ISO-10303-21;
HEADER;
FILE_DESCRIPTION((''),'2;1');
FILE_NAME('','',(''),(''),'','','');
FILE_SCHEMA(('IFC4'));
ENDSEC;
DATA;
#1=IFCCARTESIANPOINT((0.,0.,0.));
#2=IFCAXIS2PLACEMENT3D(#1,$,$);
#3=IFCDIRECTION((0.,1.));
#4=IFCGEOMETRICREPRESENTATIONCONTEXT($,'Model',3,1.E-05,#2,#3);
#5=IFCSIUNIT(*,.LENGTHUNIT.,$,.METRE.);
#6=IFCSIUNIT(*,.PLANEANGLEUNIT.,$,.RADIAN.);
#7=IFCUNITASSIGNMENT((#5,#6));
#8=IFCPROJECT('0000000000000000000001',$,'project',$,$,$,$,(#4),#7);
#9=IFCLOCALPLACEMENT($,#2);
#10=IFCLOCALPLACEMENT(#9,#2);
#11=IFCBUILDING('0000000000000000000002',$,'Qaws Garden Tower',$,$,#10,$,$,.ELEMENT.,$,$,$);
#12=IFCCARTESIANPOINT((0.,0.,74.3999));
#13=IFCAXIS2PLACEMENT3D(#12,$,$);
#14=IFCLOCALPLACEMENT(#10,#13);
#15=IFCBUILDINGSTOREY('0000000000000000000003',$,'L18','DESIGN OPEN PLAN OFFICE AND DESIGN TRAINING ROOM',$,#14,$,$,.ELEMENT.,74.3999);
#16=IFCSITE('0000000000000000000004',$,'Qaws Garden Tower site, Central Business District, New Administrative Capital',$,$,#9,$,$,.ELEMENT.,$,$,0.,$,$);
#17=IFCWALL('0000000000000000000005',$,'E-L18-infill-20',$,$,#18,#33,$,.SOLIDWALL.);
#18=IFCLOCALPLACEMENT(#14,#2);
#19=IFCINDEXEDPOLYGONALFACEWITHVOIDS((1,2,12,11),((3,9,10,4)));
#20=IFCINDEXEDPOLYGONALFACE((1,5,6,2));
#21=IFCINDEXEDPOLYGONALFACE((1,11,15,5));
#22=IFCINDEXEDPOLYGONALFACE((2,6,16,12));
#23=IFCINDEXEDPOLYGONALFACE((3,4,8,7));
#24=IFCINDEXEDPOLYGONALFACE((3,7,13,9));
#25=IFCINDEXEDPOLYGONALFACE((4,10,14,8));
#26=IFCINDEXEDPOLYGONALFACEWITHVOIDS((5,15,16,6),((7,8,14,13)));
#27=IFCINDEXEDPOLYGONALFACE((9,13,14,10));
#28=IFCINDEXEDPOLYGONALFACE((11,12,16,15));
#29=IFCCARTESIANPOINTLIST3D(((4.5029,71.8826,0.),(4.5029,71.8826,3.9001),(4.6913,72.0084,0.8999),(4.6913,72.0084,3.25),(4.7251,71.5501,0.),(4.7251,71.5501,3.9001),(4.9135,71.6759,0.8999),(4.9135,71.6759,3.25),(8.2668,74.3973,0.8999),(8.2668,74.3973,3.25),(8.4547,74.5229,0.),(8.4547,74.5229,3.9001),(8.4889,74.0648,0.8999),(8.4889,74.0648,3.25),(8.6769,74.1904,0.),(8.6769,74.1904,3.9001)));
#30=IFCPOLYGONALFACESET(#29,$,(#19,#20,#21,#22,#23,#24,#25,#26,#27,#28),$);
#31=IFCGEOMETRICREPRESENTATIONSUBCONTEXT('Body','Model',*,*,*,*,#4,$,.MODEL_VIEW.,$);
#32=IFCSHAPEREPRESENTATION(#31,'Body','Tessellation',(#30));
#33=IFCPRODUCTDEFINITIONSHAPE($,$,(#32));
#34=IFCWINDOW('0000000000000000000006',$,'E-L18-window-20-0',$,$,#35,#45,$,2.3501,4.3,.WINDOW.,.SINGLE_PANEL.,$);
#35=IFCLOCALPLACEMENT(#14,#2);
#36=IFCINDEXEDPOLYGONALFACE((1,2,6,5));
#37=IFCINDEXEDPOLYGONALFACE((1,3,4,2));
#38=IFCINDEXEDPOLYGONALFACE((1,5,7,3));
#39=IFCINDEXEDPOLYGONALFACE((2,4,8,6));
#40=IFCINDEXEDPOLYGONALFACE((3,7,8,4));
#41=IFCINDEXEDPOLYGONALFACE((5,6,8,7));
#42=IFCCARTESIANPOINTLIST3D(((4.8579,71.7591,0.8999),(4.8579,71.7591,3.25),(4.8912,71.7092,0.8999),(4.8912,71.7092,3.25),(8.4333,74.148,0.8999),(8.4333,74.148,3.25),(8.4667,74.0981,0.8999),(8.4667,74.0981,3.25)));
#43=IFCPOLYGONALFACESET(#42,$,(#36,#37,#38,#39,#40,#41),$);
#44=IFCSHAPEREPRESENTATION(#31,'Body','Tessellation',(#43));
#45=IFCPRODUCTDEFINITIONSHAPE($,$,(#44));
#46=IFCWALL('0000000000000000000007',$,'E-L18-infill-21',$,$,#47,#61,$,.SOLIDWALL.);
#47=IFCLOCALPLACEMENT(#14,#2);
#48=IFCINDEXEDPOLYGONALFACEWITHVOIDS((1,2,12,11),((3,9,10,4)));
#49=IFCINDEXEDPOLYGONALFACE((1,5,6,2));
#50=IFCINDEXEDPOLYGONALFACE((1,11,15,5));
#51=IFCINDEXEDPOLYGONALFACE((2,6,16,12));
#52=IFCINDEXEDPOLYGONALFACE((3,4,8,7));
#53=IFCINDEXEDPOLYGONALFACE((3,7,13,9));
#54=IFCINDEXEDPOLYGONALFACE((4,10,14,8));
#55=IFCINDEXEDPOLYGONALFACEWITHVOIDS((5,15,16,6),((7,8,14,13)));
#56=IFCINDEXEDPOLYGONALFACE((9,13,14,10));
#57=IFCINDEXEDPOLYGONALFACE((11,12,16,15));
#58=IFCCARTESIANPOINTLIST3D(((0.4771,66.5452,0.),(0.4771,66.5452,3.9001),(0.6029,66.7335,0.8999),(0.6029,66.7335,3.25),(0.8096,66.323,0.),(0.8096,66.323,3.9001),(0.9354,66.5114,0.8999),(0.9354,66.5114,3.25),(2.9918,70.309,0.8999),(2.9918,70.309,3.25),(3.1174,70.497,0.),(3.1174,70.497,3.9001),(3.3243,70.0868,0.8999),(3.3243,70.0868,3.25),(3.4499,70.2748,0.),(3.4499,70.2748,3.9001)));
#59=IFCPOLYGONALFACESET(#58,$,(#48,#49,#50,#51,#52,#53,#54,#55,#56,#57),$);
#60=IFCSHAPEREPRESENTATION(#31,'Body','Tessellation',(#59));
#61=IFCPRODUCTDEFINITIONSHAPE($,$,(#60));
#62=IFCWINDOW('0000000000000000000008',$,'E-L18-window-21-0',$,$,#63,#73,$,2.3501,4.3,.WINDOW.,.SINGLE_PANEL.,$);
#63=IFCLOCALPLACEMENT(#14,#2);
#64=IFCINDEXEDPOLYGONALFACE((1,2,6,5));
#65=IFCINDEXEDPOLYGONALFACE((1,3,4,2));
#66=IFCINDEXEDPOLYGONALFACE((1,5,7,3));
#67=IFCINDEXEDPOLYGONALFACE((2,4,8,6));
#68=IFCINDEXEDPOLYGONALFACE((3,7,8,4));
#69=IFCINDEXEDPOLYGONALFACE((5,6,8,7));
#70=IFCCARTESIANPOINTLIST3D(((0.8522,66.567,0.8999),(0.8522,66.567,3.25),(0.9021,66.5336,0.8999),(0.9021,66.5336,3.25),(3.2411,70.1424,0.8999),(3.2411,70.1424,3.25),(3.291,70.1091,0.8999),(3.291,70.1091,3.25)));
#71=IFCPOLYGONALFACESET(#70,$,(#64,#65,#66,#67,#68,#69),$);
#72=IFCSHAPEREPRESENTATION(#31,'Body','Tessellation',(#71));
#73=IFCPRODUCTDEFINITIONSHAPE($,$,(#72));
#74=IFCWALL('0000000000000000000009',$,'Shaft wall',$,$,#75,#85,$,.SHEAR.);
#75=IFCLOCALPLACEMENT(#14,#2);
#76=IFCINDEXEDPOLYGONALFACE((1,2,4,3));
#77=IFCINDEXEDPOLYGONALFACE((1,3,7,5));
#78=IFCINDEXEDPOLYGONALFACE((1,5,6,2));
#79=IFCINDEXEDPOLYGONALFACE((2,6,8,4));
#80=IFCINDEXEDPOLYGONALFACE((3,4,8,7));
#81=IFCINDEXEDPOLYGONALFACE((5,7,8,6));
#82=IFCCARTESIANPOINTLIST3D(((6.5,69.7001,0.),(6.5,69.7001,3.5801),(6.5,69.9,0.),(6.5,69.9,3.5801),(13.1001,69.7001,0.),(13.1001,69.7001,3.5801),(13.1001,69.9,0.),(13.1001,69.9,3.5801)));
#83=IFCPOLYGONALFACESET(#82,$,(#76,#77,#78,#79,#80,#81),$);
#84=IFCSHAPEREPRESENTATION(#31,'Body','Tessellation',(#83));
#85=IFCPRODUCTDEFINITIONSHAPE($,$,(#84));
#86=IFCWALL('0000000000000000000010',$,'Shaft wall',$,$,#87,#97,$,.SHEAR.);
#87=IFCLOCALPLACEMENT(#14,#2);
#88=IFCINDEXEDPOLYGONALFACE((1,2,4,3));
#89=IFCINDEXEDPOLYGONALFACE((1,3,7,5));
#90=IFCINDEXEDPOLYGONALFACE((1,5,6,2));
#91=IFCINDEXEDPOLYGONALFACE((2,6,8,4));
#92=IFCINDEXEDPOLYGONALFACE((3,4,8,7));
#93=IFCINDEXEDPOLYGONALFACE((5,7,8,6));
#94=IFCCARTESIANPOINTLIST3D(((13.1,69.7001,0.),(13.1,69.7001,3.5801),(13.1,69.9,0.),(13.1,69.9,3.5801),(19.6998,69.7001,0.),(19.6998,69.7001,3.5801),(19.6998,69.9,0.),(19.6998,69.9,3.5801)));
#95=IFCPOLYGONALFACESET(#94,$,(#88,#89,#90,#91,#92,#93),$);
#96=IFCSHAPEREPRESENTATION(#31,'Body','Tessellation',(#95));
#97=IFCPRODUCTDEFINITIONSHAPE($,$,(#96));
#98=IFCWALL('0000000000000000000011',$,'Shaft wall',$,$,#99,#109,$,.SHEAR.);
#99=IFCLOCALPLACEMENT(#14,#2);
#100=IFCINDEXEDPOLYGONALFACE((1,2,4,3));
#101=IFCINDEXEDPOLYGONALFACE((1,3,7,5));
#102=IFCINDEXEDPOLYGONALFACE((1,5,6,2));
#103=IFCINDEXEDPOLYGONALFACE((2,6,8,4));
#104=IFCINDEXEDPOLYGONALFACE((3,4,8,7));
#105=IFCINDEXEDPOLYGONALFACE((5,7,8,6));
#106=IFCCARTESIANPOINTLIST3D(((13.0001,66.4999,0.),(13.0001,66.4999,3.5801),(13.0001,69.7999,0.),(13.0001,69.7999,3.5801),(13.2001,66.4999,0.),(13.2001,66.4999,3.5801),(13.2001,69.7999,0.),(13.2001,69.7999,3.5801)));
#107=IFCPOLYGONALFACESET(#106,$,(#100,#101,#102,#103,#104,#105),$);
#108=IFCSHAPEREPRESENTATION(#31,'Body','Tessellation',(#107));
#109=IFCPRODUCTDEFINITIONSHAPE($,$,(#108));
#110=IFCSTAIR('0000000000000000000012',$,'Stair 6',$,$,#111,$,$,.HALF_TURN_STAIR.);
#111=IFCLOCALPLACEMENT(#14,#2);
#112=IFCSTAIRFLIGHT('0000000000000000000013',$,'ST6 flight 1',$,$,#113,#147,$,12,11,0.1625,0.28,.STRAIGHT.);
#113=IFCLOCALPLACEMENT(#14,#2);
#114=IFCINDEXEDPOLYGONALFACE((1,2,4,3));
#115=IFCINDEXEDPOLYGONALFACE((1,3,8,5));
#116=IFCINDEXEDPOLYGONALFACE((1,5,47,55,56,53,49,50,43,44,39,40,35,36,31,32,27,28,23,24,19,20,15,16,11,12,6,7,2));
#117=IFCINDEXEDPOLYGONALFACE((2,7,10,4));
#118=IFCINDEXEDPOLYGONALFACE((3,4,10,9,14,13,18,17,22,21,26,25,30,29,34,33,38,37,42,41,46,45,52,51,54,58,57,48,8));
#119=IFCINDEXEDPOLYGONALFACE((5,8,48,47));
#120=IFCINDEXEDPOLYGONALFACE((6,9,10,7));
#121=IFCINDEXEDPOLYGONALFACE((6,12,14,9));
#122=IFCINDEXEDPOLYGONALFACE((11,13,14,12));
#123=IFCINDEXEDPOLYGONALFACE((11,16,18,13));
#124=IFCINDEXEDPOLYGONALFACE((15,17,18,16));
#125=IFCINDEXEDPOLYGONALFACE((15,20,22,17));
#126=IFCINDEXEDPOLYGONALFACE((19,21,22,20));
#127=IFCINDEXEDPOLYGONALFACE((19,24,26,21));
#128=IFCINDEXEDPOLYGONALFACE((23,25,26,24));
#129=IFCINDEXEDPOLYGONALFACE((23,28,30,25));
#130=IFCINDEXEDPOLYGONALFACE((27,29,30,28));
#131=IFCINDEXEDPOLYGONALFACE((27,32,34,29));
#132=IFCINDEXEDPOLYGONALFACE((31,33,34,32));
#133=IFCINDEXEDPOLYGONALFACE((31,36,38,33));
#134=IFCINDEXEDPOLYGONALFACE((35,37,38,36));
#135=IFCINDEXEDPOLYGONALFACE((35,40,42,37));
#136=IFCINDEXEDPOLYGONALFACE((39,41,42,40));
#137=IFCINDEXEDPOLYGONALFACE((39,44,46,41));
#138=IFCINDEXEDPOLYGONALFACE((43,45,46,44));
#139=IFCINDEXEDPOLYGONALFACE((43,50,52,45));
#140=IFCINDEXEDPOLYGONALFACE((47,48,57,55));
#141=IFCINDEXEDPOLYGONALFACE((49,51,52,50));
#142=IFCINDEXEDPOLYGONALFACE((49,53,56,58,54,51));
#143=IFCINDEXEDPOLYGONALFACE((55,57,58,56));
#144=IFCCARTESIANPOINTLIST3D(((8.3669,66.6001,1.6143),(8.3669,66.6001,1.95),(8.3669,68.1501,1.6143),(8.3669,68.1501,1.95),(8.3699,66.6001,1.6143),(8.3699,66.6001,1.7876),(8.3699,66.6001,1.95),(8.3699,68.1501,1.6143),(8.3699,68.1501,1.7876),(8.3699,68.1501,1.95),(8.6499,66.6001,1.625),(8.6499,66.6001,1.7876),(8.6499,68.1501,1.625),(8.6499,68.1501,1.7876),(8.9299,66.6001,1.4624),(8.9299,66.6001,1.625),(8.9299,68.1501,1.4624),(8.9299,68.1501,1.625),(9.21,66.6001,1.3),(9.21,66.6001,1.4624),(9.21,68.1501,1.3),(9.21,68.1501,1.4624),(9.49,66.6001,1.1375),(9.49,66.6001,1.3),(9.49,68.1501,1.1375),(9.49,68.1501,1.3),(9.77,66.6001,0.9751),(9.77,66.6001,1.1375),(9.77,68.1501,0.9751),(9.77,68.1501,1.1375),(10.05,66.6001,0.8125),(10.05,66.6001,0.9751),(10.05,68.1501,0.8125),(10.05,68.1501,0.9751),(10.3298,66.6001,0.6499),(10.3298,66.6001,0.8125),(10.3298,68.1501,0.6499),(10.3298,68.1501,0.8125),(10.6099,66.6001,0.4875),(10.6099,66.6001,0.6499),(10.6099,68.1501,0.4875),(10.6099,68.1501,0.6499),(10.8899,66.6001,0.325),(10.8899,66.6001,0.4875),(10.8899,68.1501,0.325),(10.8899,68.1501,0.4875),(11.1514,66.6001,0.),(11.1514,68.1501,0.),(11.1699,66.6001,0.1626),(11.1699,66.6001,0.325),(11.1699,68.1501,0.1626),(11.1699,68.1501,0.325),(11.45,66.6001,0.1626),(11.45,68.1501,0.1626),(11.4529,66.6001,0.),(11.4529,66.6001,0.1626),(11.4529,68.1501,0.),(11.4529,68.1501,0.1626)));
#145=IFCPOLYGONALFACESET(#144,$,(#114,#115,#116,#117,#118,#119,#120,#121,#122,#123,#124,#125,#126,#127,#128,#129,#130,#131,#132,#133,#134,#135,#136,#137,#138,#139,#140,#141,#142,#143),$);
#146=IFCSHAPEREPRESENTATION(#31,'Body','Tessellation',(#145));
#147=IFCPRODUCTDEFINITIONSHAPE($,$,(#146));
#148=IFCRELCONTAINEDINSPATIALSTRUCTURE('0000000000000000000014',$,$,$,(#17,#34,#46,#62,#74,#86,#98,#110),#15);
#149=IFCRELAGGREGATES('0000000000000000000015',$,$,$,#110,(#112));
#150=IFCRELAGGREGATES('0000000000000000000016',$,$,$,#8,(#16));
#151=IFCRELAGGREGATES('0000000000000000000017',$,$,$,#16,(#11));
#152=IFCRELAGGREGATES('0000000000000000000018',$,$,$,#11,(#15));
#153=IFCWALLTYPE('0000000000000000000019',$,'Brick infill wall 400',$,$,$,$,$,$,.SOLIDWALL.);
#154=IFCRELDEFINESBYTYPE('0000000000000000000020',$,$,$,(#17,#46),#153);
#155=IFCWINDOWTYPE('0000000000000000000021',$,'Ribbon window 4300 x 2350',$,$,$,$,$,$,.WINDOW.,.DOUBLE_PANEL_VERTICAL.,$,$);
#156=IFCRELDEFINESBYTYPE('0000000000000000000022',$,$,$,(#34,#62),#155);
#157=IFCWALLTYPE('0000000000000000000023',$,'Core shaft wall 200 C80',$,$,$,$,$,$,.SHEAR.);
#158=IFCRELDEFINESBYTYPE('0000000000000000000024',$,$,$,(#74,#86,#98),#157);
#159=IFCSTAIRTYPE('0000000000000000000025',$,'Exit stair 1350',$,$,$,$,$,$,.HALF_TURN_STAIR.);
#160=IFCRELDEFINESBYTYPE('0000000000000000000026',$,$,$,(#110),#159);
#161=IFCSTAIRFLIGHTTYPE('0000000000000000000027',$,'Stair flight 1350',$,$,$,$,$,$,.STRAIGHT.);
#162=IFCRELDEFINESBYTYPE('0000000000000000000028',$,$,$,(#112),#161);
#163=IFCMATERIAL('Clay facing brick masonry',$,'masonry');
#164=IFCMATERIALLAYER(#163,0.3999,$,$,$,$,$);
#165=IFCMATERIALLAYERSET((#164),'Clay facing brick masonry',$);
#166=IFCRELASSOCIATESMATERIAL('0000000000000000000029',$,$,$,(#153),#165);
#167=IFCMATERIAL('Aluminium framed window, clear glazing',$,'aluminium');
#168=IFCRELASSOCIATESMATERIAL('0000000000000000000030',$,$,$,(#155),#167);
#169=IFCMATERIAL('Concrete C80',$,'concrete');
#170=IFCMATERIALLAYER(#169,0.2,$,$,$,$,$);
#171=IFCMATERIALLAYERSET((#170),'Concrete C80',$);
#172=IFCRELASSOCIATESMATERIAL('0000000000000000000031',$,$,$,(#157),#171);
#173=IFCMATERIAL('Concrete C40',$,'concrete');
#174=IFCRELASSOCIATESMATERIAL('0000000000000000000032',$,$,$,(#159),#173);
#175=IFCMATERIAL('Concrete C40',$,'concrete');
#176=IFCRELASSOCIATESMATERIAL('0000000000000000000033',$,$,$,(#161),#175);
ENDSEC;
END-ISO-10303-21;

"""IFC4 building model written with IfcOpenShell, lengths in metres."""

from ifc_helpers import new_model, si_unit, direction, frame, frame_2d, origin, place, context, subcontext, project, spatial, polyline, rectangle, outline, extrude, material, layer, layer_set, type_object, element, fill, aggregate, save


model = new_model("IFC4")

# Units and contexts
model_context = context("Model", 3, precision=1e-05, world=origin(), true_north=direction((0.0, 1.0)))
body_context = subcontext(model_context, "Body", "Model", "MODEL_VIEW")
ifc_project = project(units=[si_unit("LENGTHUNIT", "METRE"), si_unit("PLANEANGLEUNIT", "RADIAN")], contexts=[model_context])

# Site, building, storey
site_placement = place(None, origin())
site = spatial("IfcSite", under=ifc_project, at=site_placement, Name="Qaws Garden Tower site, Central Business District, New Administrative Capital", CompositionType="ELEMENT", RefElevation=0.0)
building_placement = place(site_placement, origin())
building = spatial("IfcBuilding", under=site, at=building_placement, Name="Qaws Garden Tower", CompositionType="ELEMENT")
storey_placement = place(building_placement, frame((0.0, 0.0, 74.3999)))
storey = spatial("IfcBuildingStorey", under=building, at=storey_placement, Name="L18", Description="DESIGN OPEN PLAN OFFICE AND DESIGN TRAINING ROOM", CompositionType="ELEMENT", Elevation=74.3999)

# Walls, openings, windows
ifc_material_1 = material(Name="Clay facing brick masonry", Category="masonry")
ifc_layer_1 = layer(ifc_material_1, 0.3999)
ifc_layer_set_1 = layer_set([ifc_layer_1], Name="Clay facing brick masonry")
wall_type_1 = type_object("IfcWallType", Name="Brick infill wall 400", PredefinedType="SOLIDWALL", material=ifc_layer_set_1)
ifc_material_2 = material(Name="Aluminium framed window, clear glazing", Category="aluminium")
window_type = type_object("IfcWindowType", Name="Ribbon window 4300 x 2350", PartitioningType="DOUBLE_PANEL_VERTICAL", PredefinedType="WINDOW", material=ifc_material_2)
wall_1_placement = place(storey_placement, frame((8.5659, 74.3567, 0.0), z_axis=(0.0, 0.0, 1.0), x_axis=(-0.831489, -0.555542, 0.0)))
wall_1 = element("IfcWall", 1, at=wall_1_placement, inside=storey, type_object=wall_type_1, Name="E-L18-infill-20", PredefinedType="SOLIDWALL", context=body_context, shape_type="SweptSolid", body=[
    extrude(rectangle(XDim=4.7527, YDim=0.3999, at=frame_2d((2.3765, 0.0))), origin(), (0.0, 0.0, 1.0), 3.9001),
])
opening_1_placement = place(wall_1_placement, frame((0.2263, 0.0, 0.8999)))
opening_1 = element("IfcOpeningElement", 2, at=opening_1_placement, cuts=wall_1, PredefinedType="OPENING", context=body_context, shape_type="SweptSolid", body=[
    extrude(rectangle(XDim=4.3, YDim=2.3501, at=frame_2d((2.1499, 1.175))), frame((0.0, 0.21, 0.0), z_axis=(0.0, -1.0, 0.0), x_axis=(1.0, 0.0, 0.0)), (0.0, 0.0, 1.0), 0.4199),
])
window_1_placement = place(opening_1_placement, origin())
window_1 = element("IfcWindow", 3, at=window_1_placement, inside=storey, type_object=window_type, Name="E-L18-window-20-0", OverallHeight=2.3501, OverallWidth=4.3, PartitioningType="SINGLE_PANEL", PredefinedType="WINDOW", context=body_context, shape_type="SweptSolid", body=[
    extrude(rectangle(XDim=4.3, YDim=2.3501, at=frame_2d((2.1499, 1.175))), frame((0.0, 0.1599, 0.0), z_axis=(0.0, -1.0, 0.0), x_axis=(1.0, 0.0, 0.0)), (0.0, 0.0, 1.0), 0.0601),
])
fill(opening_1, window_1)
wall_2_placement = place(storey_placement, frame((3.2837, 70.386, 0.0), z_axis=(0.0, 0.0, 1.0), x_axis=(-0.555542, -0.831489, 0.0)))
wall_2 = element("IfcWall", 4, at=wall_2_placement, inside=storey, type_object=wall_type_1, Name="E-L18-infill-21", PredefinedType="SOLIDWALL", context=body_context, shape_type="SweptSolid", body=[
    extrude(rectangle(XDim=4.7527, YDim=0.3999, at=frame_2d((2.3765, 0.0))), origin(), (0.0, 0.0, 1.0), 3.9001),
])
opening_2_placement = place(wall_2_placement, frame((0.2263, 0.0, 0.8999)))
opening_2 = element("IfcOpeningElement", 5, at=opening_2_placement, cuts=wall_2, PredefinedType="OPENING", context=body_context, shape_type="SweptSolid", body=[
    extrude(rectangle(XDim=4.3, YDim=2.3501, at=frame_2d((2.1499, 1.175))), frame((0.0, 0.21, 0.0), z_axis=(0.0, -1.0, 0.0), x_axis=(1.0, 0.0, 0.0)), (0.0, 0.0, 1.0), 0.4199),
])
window_2_placement = place(opening_2_placement, origin())
window_2 = element("IfcWindow", 6, at=window_2_placement, inside=storey, type_object=window_type, Name="E-L18-window-21-0", OverallHeight=2.3501, OverallWidth=4.3, PartitioningType="SINGLE_PANEL", PredefinedType="WINDOW", context=body_context, shape_type="SweptSolid", body=[
    extrude(rectangle(XDim=4.3, YDim=2.3501, at=frame_2d((2.1499, 1.175))), frame((0.0, 0.1599, 0.0), z_axis=(0.0, -1.0, 0.0), x_axis=(1.0, 0.0, 0.0)), (0.0, 0.0, 1.0), 0.0601),
])
fill(opening_2, window_2)

# Walls
ifc_material_3 = material(Name="Concrete C80", Category="concrete")
ifc_layer_2 = layer(ifc_material_3, 0.2)
ifc_layer_set_2 = layer_set([ifc_layer_2], Name="Concrete C80")
wall_type_2 = type_object("IfcWallType", Name="Core shaft wall 200 C80", PredefinedType="SHEAR", material=ifc_layer_set_2)
wall_3_placement = place(storey_placement, frame((6.5, 69.8, 0.0), z_axis=(0.0, 0.0, 1.0), x_axis=(1.0, 0.0, 0.0)))
element("IfcWall", 7, at=wall_3_placement, inside=storey, type_object=wall_type_2, Name="Shaft wall", PredefinedType="SHEAR", context=body_context, shape_type="SweptSolid", body=[
    extrude(rectangle(XDim=6.6001, YDim=0.2, at=frame_2d((3.3, 0.0))), origin(), (0.0, 0.0, 1.0), 3.5801),
])
wall_4_placement = place(storey_placement, frame((13.1001, 69.8, 0.0), z_axis=(0.0, 0.0, 1.0), x_axis=(1.0, 0.0, 0.0)))
element("IfcWall", 8, at=wall_4_placement, inside=storey, type_object=wall_type_2, Name="Shaft wall", PredefinedType="SHEAR", context=body_context, shape_type="SweptSolid", body=[
    extrude(rectangle(XDim=6.5999, YDim=0.2, at=frame_2d((3.2998, 0.0))), origin(), (0.0, 0.0, 1.0), 3.5801),
])
wall_5_placement = place(storey_placement, frame((13.1001, 66.5, 0.0), z_axis=(0.0, 0.0, 1.0), x_axis=(0.0, 1.0, 0.0)))
element("IfcWall", 9, at=wall_5_placement, inside=storey, type_object=wall_type_2, Name="Shaft wall", PredefinedType="SHEAR", context=body_context, shape_type="SweptSolid", body=[
    extrude(rectangle(XDim=3.3, YDim=0.2, at=frame_2d((1.6499, 0.0))), origin(), (0.0, 0.0, 1.0), 3.5801),
])

# Stair, stair flight
ifc_material_4 = material(Name="Concrete C40", Category="concrete")
stair_type = type_object("IfcStairType", Name="Exit stair 1350", PredefinedType="HALF_TURN_STAIR", material=ifc_material_4)
placement = place(storey_placement, origin())
stair_1 = element("IfcStair", 10, at=placement, inside=storey, type_object=stair_type, Name="Stair 6", PredefinedType="HALF_TURN_STAIR")
ifc_material_5 = material(Name="Concrete C40", Category="concrete")
stair_flight_type = type_object("IfcStairFlightType", Name="Stair flight 1350", PredefinedType="STRAIGHT", material=ifc_material_5)
stair_flight_1_placement = place(storey_placement, frame((11.45, 67.375, 0.0), z_axis=(0.0, 0.0, 1.0), x_axis=(-1.0, 0.0, 0.0)))
stair_flight_1 = element("IfcStairFlight", 11, at=stair_flight_1_placement, type_object=stair_flight_type, Name="ST6 flight 1", NumberOfRisers=12, NumberOfTreads=11, PredefinedType="STRAIGHT", RiserHeight=0.1625, TreadLength=0.28, context=body_context, shape_type="SweptSolid", body=[
    extrude(outline(polyline([(-0.0029, 0.0), (-0.0029, 0.1626), (0.0, 0.1626), (0.28, 0.1626), (0.28, 0.325), (0.5601, 0.325), (0.5601, 0.4875), (0.8401, 0.4875), (0.8401, 0.6499), (1.1201, 0.6499), (1.1201, 0.8125), (1.3999, 0.8125), (1.3999, 0.9751), (1.6799, 0.9751), (1.6799, 1.1375), (1.96, 1.1375), (1.96, 1.3), (2.24, 1.3), (2.24, 1.4624), (2.52, 1.4624), (2.52, 1.625), (2.8, 1.625), (2.8, 1.7876), (3.0801, 1.7876), (3.0801, 1.95), (3.083, 1.95), (3.083, 1.6143), (3.0801, 1.6143), (0.2986, 0.0), (-0.0029, 0.0)])), frame((0.0, 0.7749, 0.0), z_axis=(0.0, -1.0, 0.0), x_axis=(1.0, 0.0, 0.0)), (0.0, 0.0, 1.0), 1.55),
])
aggregate(stair_1, [stair_flight_1])

save(model, "model.ifc")
